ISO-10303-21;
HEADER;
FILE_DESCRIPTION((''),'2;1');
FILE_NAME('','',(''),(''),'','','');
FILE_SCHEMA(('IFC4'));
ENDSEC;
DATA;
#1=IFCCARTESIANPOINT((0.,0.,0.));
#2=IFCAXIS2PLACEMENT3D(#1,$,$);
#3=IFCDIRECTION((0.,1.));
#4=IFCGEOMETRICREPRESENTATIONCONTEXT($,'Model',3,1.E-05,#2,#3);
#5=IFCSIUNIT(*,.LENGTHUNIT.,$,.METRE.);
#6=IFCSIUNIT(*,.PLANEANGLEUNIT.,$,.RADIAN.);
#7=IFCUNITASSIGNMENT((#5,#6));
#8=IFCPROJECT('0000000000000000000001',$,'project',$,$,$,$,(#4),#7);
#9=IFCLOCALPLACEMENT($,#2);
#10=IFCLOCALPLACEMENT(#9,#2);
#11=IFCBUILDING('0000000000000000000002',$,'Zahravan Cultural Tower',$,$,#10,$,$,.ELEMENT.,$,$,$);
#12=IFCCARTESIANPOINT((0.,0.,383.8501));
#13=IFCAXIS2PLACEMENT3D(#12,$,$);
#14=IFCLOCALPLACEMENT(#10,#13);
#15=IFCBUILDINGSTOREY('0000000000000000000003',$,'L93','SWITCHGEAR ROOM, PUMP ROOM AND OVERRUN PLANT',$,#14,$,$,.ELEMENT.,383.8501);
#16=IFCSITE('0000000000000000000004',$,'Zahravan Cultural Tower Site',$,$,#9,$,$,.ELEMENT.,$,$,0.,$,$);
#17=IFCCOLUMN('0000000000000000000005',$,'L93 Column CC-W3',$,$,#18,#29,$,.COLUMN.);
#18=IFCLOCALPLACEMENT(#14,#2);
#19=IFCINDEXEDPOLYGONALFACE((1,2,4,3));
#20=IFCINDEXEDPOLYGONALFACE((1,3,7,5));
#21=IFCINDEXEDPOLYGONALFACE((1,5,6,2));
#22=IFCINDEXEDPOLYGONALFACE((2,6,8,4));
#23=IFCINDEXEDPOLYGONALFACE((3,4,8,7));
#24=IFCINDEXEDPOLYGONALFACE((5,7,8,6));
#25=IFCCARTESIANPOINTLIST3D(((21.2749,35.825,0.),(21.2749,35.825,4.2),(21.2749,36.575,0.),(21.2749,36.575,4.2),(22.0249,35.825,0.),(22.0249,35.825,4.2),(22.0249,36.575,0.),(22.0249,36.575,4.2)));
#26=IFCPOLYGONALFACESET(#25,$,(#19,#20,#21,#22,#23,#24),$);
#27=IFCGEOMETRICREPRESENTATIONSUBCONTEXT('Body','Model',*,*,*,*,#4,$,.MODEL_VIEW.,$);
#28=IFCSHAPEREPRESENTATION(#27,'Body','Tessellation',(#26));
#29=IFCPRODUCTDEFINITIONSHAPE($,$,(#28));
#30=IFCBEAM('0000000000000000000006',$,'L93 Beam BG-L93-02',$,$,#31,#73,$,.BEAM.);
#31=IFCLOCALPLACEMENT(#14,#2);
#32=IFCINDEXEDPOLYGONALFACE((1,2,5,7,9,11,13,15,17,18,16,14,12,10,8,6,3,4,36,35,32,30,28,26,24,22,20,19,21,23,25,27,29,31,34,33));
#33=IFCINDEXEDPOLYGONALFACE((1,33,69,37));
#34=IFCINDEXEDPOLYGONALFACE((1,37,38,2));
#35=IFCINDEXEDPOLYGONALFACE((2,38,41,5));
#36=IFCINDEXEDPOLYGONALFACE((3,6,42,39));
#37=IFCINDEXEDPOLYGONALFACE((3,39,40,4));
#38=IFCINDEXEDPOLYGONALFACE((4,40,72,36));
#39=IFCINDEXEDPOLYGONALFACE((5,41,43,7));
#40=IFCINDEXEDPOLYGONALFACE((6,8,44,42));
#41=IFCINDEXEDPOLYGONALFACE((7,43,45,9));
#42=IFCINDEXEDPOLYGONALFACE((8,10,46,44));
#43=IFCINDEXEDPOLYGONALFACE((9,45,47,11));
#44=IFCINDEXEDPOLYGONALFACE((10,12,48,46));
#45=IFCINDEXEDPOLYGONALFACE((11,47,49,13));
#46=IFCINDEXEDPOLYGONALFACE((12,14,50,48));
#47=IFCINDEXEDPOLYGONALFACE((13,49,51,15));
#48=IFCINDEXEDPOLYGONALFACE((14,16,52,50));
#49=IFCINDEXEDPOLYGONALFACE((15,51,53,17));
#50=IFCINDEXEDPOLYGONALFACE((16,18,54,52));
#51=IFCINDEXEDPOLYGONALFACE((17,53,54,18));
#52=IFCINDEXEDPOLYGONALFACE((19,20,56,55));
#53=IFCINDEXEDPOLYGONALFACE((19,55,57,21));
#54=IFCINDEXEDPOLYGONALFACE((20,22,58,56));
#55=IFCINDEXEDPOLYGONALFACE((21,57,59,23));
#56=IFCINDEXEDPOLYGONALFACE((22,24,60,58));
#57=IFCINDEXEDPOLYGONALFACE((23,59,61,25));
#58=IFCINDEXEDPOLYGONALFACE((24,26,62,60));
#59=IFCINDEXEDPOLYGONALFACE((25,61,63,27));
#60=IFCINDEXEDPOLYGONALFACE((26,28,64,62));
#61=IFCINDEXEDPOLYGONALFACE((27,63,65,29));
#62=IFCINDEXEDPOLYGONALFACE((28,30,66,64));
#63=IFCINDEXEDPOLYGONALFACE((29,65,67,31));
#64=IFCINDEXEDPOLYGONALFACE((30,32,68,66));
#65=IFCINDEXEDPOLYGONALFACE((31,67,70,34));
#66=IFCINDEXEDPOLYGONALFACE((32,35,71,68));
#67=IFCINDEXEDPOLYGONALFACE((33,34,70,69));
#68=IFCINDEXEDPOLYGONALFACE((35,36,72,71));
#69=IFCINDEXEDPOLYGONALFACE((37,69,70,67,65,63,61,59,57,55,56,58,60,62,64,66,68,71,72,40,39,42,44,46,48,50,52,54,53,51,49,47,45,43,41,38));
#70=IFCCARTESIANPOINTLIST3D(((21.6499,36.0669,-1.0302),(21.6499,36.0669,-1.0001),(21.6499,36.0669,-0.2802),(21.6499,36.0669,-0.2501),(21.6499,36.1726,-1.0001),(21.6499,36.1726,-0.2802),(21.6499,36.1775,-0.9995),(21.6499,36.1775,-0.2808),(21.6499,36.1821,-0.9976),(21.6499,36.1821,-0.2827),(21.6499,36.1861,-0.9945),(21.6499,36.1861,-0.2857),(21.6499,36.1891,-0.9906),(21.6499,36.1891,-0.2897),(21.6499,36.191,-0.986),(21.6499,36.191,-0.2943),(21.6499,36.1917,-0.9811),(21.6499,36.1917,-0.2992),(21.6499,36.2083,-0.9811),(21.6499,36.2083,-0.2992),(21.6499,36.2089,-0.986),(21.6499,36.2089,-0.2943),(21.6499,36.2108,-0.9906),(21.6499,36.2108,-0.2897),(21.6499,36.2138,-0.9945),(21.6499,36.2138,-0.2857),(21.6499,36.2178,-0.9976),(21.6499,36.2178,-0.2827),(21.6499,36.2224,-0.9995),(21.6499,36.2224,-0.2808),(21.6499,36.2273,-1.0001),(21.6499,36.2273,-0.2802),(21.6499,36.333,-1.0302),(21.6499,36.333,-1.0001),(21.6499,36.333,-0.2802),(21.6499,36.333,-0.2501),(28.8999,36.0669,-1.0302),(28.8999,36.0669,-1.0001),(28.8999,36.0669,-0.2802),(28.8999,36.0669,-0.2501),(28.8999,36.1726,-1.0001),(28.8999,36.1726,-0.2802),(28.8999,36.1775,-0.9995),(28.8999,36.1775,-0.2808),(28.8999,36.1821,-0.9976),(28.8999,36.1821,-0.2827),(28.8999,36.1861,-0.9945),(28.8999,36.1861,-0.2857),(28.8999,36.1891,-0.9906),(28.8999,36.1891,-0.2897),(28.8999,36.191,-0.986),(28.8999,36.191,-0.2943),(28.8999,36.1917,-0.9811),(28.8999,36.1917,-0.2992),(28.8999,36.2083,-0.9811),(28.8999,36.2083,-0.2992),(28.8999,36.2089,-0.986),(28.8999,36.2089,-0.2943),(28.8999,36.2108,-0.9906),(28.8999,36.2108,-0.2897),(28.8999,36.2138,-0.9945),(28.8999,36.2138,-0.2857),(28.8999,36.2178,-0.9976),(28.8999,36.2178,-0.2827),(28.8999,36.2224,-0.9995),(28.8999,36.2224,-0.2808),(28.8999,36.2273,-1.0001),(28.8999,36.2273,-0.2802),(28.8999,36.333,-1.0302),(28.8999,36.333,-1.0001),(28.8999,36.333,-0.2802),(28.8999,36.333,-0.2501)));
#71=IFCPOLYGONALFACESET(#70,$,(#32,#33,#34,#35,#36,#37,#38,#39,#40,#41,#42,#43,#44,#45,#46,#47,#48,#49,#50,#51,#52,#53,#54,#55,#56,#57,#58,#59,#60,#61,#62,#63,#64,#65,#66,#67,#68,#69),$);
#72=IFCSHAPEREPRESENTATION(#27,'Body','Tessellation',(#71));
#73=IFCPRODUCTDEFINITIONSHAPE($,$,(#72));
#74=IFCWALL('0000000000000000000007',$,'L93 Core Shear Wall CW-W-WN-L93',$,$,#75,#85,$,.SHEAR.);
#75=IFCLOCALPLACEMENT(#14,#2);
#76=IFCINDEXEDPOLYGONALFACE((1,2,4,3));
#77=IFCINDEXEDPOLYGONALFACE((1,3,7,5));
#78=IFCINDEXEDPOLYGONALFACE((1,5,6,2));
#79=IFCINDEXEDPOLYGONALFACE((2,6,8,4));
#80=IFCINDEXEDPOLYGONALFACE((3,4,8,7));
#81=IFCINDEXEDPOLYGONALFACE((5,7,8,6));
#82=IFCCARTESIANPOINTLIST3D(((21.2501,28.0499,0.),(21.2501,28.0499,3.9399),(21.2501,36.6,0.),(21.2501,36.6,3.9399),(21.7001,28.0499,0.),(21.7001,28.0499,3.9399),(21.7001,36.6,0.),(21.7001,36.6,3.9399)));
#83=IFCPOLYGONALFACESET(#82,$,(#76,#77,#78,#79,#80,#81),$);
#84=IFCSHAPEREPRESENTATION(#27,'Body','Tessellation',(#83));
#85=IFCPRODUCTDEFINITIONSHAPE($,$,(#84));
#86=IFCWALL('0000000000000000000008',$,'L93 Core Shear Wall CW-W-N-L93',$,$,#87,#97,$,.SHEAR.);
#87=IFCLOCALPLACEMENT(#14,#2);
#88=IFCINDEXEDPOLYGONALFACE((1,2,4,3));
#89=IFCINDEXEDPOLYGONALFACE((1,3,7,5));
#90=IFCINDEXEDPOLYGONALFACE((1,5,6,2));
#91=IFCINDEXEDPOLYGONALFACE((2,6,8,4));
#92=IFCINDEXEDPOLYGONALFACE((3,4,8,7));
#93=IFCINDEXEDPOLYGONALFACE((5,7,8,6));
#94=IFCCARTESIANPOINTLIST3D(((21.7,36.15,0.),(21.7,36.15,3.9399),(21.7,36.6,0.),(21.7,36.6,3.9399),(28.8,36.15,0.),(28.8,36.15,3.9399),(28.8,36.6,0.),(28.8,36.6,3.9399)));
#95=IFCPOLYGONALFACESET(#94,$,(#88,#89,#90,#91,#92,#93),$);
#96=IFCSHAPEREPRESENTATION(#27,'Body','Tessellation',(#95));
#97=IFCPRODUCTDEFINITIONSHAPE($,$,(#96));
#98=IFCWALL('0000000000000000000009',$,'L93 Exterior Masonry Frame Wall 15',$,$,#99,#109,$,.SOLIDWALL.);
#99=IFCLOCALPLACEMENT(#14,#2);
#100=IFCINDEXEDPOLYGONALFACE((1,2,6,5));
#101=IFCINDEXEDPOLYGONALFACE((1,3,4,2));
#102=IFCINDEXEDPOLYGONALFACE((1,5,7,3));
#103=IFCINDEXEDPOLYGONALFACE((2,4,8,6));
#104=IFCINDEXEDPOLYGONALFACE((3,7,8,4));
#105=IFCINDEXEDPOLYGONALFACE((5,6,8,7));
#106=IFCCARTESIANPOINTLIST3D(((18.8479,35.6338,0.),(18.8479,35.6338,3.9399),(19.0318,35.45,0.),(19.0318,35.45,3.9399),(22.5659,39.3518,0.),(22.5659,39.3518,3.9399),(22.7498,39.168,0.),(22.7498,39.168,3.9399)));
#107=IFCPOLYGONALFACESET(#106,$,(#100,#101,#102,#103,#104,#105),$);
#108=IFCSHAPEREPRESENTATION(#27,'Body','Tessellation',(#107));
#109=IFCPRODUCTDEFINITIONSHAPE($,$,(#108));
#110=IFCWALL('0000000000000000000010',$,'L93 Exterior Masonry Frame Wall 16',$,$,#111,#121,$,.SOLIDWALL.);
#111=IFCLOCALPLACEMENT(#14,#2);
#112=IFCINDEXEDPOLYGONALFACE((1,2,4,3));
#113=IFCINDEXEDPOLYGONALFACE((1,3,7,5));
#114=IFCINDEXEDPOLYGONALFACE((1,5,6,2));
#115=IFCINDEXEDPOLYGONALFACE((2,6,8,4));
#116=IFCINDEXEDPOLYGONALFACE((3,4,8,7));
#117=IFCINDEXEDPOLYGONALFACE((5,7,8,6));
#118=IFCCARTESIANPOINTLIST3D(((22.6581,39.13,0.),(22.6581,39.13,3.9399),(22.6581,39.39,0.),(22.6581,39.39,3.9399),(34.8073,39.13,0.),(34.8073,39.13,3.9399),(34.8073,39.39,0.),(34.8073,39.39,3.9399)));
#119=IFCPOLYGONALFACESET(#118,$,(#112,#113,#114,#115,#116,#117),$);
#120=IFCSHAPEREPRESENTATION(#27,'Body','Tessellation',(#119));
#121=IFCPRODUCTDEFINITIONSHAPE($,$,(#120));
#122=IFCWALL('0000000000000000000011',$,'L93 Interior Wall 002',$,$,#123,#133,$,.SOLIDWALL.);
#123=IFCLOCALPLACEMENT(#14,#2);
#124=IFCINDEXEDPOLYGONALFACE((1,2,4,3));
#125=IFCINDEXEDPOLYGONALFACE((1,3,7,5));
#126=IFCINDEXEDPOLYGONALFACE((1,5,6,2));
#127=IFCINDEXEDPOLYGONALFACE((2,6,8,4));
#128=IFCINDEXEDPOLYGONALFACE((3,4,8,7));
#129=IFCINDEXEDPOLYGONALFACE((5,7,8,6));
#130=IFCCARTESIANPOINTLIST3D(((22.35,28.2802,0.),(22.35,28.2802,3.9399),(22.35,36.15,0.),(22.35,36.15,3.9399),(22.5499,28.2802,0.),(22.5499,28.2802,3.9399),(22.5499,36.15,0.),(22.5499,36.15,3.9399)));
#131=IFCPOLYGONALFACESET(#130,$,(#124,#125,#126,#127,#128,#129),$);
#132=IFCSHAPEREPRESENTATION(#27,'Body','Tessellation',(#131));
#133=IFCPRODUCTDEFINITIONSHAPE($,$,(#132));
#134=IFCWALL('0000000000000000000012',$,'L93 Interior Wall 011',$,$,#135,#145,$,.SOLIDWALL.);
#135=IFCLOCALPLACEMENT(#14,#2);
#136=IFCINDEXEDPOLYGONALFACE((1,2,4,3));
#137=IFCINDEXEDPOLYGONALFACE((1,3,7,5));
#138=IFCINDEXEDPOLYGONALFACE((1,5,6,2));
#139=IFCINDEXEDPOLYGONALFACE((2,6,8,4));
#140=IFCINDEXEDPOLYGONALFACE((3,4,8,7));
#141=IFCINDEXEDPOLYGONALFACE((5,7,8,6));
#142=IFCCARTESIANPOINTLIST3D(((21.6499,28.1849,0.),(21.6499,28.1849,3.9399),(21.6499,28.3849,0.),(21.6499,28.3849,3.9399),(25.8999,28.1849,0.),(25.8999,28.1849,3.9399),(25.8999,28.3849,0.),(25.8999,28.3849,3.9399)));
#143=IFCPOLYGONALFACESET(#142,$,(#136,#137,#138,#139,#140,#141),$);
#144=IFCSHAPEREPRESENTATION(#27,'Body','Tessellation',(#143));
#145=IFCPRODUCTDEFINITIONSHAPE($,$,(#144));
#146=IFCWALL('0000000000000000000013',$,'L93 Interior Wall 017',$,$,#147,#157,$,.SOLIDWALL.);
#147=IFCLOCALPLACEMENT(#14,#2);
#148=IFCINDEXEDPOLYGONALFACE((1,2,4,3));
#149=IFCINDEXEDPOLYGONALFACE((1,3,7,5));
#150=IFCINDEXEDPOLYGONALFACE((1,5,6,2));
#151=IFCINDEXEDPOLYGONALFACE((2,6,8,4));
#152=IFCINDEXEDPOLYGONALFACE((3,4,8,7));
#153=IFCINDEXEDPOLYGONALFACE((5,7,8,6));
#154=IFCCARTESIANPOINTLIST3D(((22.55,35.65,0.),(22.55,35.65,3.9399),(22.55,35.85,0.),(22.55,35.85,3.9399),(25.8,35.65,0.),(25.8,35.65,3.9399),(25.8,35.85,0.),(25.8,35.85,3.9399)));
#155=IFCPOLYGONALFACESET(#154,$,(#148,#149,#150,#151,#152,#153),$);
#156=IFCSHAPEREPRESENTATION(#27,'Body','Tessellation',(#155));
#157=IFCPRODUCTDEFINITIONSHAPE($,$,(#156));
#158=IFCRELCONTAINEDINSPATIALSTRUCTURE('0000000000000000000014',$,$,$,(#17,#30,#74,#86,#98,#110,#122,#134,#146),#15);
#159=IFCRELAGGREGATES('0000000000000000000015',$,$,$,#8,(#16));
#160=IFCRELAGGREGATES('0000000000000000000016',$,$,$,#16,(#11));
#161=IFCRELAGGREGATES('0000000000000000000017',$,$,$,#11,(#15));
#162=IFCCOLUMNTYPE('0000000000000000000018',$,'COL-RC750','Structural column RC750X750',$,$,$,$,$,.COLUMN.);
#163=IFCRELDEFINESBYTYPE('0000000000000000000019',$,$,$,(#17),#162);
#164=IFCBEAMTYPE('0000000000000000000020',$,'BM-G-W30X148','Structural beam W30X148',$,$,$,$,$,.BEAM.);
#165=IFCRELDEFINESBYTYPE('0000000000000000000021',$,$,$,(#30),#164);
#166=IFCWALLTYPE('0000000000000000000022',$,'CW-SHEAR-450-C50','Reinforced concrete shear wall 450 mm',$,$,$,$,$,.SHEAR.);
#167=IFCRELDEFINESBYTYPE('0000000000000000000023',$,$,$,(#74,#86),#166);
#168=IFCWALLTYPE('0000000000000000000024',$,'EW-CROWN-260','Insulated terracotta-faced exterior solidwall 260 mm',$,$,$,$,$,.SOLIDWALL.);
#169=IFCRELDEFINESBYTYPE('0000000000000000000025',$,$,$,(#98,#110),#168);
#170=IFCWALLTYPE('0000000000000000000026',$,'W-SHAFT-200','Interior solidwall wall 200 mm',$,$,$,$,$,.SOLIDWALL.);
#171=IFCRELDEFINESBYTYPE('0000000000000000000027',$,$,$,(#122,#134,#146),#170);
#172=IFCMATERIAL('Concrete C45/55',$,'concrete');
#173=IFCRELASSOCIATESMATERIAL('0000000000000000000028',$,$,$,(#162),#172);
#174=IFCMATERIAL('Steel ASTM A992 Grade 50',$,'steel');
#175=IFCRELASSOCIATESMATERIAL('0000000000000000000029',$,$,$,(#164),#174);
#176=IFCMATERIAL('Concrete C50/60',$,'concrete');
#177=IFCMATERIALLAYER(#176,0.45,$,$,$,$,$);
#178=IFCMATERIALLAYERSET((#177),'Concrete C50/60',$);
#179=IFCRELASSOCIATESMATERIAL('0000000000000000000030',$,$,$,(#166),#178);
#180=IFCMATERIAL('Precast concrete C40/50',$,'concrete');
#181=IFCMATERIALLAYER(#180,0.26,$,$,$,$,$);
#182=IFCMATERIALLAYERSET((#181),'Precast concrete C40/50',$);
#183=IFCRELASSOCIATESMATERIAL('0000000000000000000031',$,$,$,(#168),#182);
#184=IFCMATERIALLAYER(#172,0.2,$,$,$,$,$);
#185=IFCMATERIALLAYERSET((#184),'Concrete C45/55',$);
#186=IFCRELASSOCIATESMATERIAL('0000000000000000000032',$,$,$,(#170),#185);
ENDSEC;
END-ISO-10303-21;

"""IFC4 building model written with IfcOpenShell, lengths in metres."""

from ifc_helpers import new_model, si_unit, direction, frame, frame_2d, origin, origin_2d, place, context, subcontext, project, spatial, rectangle, i_section, extrude, source, transform, mapped, material, layer, layer_set, material_profile, profile_set, type_object, element, save


model = new_model("IFC4")

# Units and contexts
model_context = context("Model", 3, precision=1e-05, world=origin(), true_north=direction((0.0, 1.0)))
body_context = subcontext(model_context, "Body", "Model", "MODEL_VIEW")
ifc_project = project(units=[si_unit("LENGTHUNIT", "METRE"), si_unit("PLANEANGLEUNIT", "RADIAN")], contexts=[model_context])

# Site, building, storey
site_placement = place(None, origin())
site = spatial("IfcSite", under=ifc_project, at=site_placement, Name="Zahravan Cultural Tower Site", CompositionType="ELEMENT", RefElevation=0.0)
building_placement = place(site_placement, origin())
building = spatial("IfcBuilding", under=site, at=building_placement, Name="Zahravan Cultural Tower", CompositionType="ELEMENT")
storey_placement = place(building_placement, frame((0.0, 0.0, 383.8501)))
storey = spatial("IfcBuildingStorey", under=building, at=storey_placement, Name="L93", Description="SWITCHGEAR ROOM, PUMP ROOM AND OVERRUN PLANT", CompositionType="ELEMENT", Elevation=383.8501)

# Column
ifc_material_1 = material(Name="Concrete C45/55", Category="concrete")
ifc_material_profile_1 = material_profile(ifc_material_1, rectangle(XDim=0.75, YDim=0.75, at=origin_2d()), Name="RC750X750")
ifc_profile_set_1 = profile_set([ifc_material_profile_1], Name="Concrete C45/55")
column_type = type_object("IfcColumnType", Name="COL-RC750", Description="Structural column RC750X750", PredefinedType="COLUMN", material=ifc_profile_set_1)
shared_shape_1 = source(origin(), body_context, "Body", "SweptSolid", [
    extrude(rectangle(XDim=0.75, YDim=0.75, at=origin_2d()), origin(), (0.0, 0.0, 1.0), 4.2),
])
column_placement = place(storey_placement, frame((21.6499, 36.2, 0.0), z_axis=(0.0, 0.0, 1.0), x_axis=(1.0, 0.0, 0.0)))
element("IfcColumn", 1, at=column_placement, inside=storey, type_object=column_type, Name="L93 Column CC-W3", PredefinedType="COLUMN", context=body_context, shape_type="MappedRepresentation", body=[
    mapped(shared_shape_1, transform((0.0, 0.0, 0.0), x_axis=(1.0, 0.0, 0.0), y_axis=(0.0, 1.0, 0.0), z_axis=(0.0, 0.0, 1.0), scale=1.0)),
])

# Beam
ifc_material_2 = material(Name="Steel ASTM A992 Grade 50", Category="steel")
ifc_material_profile_2 = material_profile(ifc_material_2, i_section(OverallWidth=0.2661, OverallDepth=0.78, WebThickness=0.0166, FlangeThickness=0.03, FilletRadius=0.019, at=origin_2d()), Name="W30X148")
ifc_profile_set_2 = profile_set([ifc_material_profile_2], Name="Steel ASTM A992 Grade 50")
beam_type = type_object("IfcBeamType", Name="BM-G-W30X148", Description="Structural beam W30X148", PredefinedType="BEAM", material=ifc_profile_set_2)
shared_shape_2 = source(origin(), body_context, "Body", "SweptSolid", [
    extrude(i_section(OverallWidth=0.2661, OverallDepth=0.78, WebThickness=0.0166, FlangeThickness=0.03, FilletRadius=0.019, at=origin_2d()), origin(), (0.0, 0.0, 1.0), 7.25),
])
beam_placement = place(storey_placement, frame((21.6499, 36.2, -0.6401), z_axis=(1.0, 0.0, 0.0), x_axis=(0.0, 1.0, 0.0)))
element("IfcBeam", 2, at=beam_placement, inside=storey, type_object=beam_type, Name="L93 Beam BG-L93-02", PredefinedType="BEAM", context=body_context, shape_type="MappedRepresentation", body=[
    mapped(shared_shape_2, transform((0.0, 0.0, 0.0), x_axis=(1.0, 0.0, 0.0), y_axis=(0.0, 1.0, 0.0), z_axis=(0.0, 0.0, 1.0), scale=1.0)),
])

# Walls
ifc_material_3 = material(Name="Concrete C50/60", Category="concrete")
ifc_layer_1 = layer(ifc_material_3, 0.45)
ifc_layer_set_1 = layer_set([ifc_layer_1], Name="Concrete C50/60")
wall_type_1 = type_object("IfcWallType", Name="CW-SHEAR-450-C50", Description="Reinforced concrete shear wall 450 mm", PredefinedType="SHEAR", material=ifc_layer_set_1)
shared_shape_3 = source(origin(), body_context, "Body", "SweptSolid", [
    extrude(rectangle(XDim=8.55, YDim=0.45, at=frame_2d((4.2749, 0.0))), origin(), (0.0, 0.0, 1.0), 3.9399),
])
wall_1_placement = place(storey_placement, frame((21.4751, 28.05, 0.0), z_axis=(0.0, 0.0, 1.0), x_axis=(0.0, 1.0, 0.0)))
element("IfcWall", 3, at=wall_1_placement, inside=storey, type_object=wall_type_1, Name="L93 Core Shear Wall CW-W-WN-L93", PredefinedType="SHEAR", context=body_context, shape_type="MappedRepresentation", body=[
    mapped(shared_shape_3, transform((0.0, 0.0, 0.0), x_axis=(1.0, 0.0, 0.0), y_axis=(0.0, 1.0, 0.0), z_axis=(0.0, 0.0, 1.0), scale=1.0)),
])
shared_shape_4 = source(origin(), body_context, "Body", "SweptSolid", [
    extrude(rectangle(XDim=7.1001, YDim=0.45, at=frame_2d((3.55, 0.0))), origin(), (0.0, 0.0, 1.0), 3.9399),
])
wall_2_placement = place(storey_placement, frame((21.7, 36.375, 0.0), z_axis=(0.0, 0.0, 1.0), x_axis=(1.0, 0.0, 0.0)))
element("IfcWall", 4, at=wall_2_placement, inside=storey, type_object=wall_type_1, Name="L93 Core Shear Wall CW-W-N-L93", PredefinedType="SHEAR", context=body_context, shape_type="MappedRepresentation", body=[
    mapped(shared_shape_4, transform((0.0, 0.0, 0.0), x_axis=(1.0, 0.0, 0.0), y_axis=(0.0, 1.0, 0.0), z_axis=(0.0, 0.0, 1.0), scale=1.0)),
])
ifc_material_4 = material(Name="Precast concrete C40/50", Category="concrete")
ifc_layer_2 = layer(ifc_material_4, 0.26)
ifc_layer_set_2 = layer_set([ifc_layer_2], Name="Precast concrete C40/50")
wall_type_2 = type_object("IfcWallType", Name="EW-CROWN-260", Description="Insulated terracotta-faced exterior solidwall 260 mm", PredefinedType="SOLIDWALL", material=ifc_layer_set_2)
shared_shape_5 = source(origin(), body_context, "Body", "SweptSolid", [
    extrude(rectangle(XDim=5.2581, YDim=0.26, at=frame_2d((2.6289, 0.0))), origin(), (0.0, 0.0, 1.0), 3.9399),
])
wall_3_placement = place(storey_placement, frame((18.9399, 35.542, 0.0), z_axis=(0.0, 0.0, 1.0), x_axis=(0.707107, 0.707107, 0.0)))
element("IfcWall", 5, at=wall_3_placement, inside=storey, type_object=wall_type_2, Name="L93 Exterior Masonry Frame Wall 15", PredefinedType="SOLIDWALL", context=body_context, shape_type="MappedRepresentation", body=[
    mapped(shared_shape_5, transform((0.0, 0.0, 0.0), x_axis=(1.0, 0.0, 0.0), y_axis=(0.0, 1.0, 0.0), z_axis=(0.0, 0.0, 1.0), scale=1.0)),
])
shared_shape_6 = source(origin(), body_context, "Body", "SweptSolid", [
    extrude(rectangle(XDim=12.1492, YDim=0.26, at=frame_2d((6.0747, 0.0))), origin(), (0.0, 0.0, 1.0), 3.9399),
])
wall_4_placement = place(storey_placement, frame((22.658, 39.26, 0.0), z_axis=(0.0, 0.0, 1.0), x_axis=(1.0, 0.0, 0.0)))
element("IfcWall", 6, at=wall_4_placement, inside=storey, type_object=wall_type_2, Name="L93 Exterior Masonry Frame Wall 16", PredefinedType="SOLIDWALL", context=body_context, shape_type="MappedRepresentation", body=[
    mapped(shared_shape_6, transform((0.0, 0.0, 0.0), x_axis=(1.0, 0.0, 0.0), y_axis=(0.0, 1.0, 0.0), z_axis=(0.0, 0.0, 1.0), scale=1.0)),
])
ifc_layer_3 = layer(ifc_material_1, 0.2)
ifc_layer_set_3 = layer_set([ifc_layer_3], Name="Concrete C45/55")
wall_type_3 = type_object("IfcWallType", Name="W-SHAFT-200", Description="Interior solidwall wall 200 mm", PredefinedType="SOLIDWALL", material=ifc_layer_set_3)
shared_shape_7 = source(origin(), body_context, "Body", "SweptSolid", [
    extrude(rectangle(XDim=7.8699, YDim=0.2, at=frame_2d((3.9351, 0.0))), origin(), (0.0, 0.0, 1.0), 3.9399),
])
wall_5_placement = place(storey_placement, frame((22.45, 28.28, 0.0), z_axis=(0.0, 0.0, 1.0), x_axis=(0.0, 1.0, 0.0)))
element("IfcWall", 7, at=wall_5_placement, inside=storey, type_object=wall_type_3, Name="L93 Interior Wall 002", PredefinedType="SOLIDWALL", context=body_context, shape_type="MappedRepresentation", body=[
    mapped(shared_shape_7, transform((0.0, 0.0, 0.0), x_axis=(1.0, 0.0, 0.0), y_axis=(0.0, 1.0, 0.0), z_axis=(0.0, 0.0, 1.0), scale=1.0)),
])
shared_shape_8 = source(origin(), body_context, "Body", "SweptSolid", [
    extrude(rectangle(XDim=4.25, YDim=0.2, at=frame_2d((2.125, 0.0))), origin(), (0.0, 0.0, 1.0), 3.9399),
])
wall_6_placement = place(storey_placement, frame((21.6499, 28.2849, 0.0), z_axis=(0.0, 0.0, 1.0), x_axis=(1.0, 0.0, 0.0)))
element("IfcWall", 8, at=wall_6_placement, inside=storey, type_object=wall_type_3, Name="L93 Interior Wall 011", PredefinedType="SOLIDWALL", context=body_context, shape_type="MappedRepresentation", body=[
    mapped(shared_shape_8, transform((0.0, 0.0, 0.0), x_axis=(1.0, 0.0, 0.0), y_axis=(0.0, 1.0, 0.0), z_axis=(0.0, 0.0, 1.0), scale=1.0)),
])
shared_shape_9 = source(origin(), body_context, "Body", "SweptSolid", [
    extrude(rectangle(XDim=3.25, YDim=0.2, at=frame_2d((1.625, 0.0))), origin(), (0.0, 0.0, 1.0), 3.9399),
])
wall_7_placement = place(storey_placement, frame((22.55, 35.75, 0.0), z_axis=(0.0, 0.0, 1.0), x_axis=(1.0, 0.0, 0.0)))
element("IfcWall", 9, at=wall_7_placement, inside=storey, type_object=wall_type_3, Name="L93 Interior Wall 017", PredefinedType="SOLIDWALL", context=body_context, shape_type="MappedRepresentation", body=[
    mapped(shared_shape_9, transform((0.0, 0.0, 0.0), x_axis=(1.0, 0.0, 0.0), y_axis=(0.0, 1.0, 0.0), z_axis=(0.0, 0.0, 1.0), scale=1.0)),
])

save(model, "model.ifc")
